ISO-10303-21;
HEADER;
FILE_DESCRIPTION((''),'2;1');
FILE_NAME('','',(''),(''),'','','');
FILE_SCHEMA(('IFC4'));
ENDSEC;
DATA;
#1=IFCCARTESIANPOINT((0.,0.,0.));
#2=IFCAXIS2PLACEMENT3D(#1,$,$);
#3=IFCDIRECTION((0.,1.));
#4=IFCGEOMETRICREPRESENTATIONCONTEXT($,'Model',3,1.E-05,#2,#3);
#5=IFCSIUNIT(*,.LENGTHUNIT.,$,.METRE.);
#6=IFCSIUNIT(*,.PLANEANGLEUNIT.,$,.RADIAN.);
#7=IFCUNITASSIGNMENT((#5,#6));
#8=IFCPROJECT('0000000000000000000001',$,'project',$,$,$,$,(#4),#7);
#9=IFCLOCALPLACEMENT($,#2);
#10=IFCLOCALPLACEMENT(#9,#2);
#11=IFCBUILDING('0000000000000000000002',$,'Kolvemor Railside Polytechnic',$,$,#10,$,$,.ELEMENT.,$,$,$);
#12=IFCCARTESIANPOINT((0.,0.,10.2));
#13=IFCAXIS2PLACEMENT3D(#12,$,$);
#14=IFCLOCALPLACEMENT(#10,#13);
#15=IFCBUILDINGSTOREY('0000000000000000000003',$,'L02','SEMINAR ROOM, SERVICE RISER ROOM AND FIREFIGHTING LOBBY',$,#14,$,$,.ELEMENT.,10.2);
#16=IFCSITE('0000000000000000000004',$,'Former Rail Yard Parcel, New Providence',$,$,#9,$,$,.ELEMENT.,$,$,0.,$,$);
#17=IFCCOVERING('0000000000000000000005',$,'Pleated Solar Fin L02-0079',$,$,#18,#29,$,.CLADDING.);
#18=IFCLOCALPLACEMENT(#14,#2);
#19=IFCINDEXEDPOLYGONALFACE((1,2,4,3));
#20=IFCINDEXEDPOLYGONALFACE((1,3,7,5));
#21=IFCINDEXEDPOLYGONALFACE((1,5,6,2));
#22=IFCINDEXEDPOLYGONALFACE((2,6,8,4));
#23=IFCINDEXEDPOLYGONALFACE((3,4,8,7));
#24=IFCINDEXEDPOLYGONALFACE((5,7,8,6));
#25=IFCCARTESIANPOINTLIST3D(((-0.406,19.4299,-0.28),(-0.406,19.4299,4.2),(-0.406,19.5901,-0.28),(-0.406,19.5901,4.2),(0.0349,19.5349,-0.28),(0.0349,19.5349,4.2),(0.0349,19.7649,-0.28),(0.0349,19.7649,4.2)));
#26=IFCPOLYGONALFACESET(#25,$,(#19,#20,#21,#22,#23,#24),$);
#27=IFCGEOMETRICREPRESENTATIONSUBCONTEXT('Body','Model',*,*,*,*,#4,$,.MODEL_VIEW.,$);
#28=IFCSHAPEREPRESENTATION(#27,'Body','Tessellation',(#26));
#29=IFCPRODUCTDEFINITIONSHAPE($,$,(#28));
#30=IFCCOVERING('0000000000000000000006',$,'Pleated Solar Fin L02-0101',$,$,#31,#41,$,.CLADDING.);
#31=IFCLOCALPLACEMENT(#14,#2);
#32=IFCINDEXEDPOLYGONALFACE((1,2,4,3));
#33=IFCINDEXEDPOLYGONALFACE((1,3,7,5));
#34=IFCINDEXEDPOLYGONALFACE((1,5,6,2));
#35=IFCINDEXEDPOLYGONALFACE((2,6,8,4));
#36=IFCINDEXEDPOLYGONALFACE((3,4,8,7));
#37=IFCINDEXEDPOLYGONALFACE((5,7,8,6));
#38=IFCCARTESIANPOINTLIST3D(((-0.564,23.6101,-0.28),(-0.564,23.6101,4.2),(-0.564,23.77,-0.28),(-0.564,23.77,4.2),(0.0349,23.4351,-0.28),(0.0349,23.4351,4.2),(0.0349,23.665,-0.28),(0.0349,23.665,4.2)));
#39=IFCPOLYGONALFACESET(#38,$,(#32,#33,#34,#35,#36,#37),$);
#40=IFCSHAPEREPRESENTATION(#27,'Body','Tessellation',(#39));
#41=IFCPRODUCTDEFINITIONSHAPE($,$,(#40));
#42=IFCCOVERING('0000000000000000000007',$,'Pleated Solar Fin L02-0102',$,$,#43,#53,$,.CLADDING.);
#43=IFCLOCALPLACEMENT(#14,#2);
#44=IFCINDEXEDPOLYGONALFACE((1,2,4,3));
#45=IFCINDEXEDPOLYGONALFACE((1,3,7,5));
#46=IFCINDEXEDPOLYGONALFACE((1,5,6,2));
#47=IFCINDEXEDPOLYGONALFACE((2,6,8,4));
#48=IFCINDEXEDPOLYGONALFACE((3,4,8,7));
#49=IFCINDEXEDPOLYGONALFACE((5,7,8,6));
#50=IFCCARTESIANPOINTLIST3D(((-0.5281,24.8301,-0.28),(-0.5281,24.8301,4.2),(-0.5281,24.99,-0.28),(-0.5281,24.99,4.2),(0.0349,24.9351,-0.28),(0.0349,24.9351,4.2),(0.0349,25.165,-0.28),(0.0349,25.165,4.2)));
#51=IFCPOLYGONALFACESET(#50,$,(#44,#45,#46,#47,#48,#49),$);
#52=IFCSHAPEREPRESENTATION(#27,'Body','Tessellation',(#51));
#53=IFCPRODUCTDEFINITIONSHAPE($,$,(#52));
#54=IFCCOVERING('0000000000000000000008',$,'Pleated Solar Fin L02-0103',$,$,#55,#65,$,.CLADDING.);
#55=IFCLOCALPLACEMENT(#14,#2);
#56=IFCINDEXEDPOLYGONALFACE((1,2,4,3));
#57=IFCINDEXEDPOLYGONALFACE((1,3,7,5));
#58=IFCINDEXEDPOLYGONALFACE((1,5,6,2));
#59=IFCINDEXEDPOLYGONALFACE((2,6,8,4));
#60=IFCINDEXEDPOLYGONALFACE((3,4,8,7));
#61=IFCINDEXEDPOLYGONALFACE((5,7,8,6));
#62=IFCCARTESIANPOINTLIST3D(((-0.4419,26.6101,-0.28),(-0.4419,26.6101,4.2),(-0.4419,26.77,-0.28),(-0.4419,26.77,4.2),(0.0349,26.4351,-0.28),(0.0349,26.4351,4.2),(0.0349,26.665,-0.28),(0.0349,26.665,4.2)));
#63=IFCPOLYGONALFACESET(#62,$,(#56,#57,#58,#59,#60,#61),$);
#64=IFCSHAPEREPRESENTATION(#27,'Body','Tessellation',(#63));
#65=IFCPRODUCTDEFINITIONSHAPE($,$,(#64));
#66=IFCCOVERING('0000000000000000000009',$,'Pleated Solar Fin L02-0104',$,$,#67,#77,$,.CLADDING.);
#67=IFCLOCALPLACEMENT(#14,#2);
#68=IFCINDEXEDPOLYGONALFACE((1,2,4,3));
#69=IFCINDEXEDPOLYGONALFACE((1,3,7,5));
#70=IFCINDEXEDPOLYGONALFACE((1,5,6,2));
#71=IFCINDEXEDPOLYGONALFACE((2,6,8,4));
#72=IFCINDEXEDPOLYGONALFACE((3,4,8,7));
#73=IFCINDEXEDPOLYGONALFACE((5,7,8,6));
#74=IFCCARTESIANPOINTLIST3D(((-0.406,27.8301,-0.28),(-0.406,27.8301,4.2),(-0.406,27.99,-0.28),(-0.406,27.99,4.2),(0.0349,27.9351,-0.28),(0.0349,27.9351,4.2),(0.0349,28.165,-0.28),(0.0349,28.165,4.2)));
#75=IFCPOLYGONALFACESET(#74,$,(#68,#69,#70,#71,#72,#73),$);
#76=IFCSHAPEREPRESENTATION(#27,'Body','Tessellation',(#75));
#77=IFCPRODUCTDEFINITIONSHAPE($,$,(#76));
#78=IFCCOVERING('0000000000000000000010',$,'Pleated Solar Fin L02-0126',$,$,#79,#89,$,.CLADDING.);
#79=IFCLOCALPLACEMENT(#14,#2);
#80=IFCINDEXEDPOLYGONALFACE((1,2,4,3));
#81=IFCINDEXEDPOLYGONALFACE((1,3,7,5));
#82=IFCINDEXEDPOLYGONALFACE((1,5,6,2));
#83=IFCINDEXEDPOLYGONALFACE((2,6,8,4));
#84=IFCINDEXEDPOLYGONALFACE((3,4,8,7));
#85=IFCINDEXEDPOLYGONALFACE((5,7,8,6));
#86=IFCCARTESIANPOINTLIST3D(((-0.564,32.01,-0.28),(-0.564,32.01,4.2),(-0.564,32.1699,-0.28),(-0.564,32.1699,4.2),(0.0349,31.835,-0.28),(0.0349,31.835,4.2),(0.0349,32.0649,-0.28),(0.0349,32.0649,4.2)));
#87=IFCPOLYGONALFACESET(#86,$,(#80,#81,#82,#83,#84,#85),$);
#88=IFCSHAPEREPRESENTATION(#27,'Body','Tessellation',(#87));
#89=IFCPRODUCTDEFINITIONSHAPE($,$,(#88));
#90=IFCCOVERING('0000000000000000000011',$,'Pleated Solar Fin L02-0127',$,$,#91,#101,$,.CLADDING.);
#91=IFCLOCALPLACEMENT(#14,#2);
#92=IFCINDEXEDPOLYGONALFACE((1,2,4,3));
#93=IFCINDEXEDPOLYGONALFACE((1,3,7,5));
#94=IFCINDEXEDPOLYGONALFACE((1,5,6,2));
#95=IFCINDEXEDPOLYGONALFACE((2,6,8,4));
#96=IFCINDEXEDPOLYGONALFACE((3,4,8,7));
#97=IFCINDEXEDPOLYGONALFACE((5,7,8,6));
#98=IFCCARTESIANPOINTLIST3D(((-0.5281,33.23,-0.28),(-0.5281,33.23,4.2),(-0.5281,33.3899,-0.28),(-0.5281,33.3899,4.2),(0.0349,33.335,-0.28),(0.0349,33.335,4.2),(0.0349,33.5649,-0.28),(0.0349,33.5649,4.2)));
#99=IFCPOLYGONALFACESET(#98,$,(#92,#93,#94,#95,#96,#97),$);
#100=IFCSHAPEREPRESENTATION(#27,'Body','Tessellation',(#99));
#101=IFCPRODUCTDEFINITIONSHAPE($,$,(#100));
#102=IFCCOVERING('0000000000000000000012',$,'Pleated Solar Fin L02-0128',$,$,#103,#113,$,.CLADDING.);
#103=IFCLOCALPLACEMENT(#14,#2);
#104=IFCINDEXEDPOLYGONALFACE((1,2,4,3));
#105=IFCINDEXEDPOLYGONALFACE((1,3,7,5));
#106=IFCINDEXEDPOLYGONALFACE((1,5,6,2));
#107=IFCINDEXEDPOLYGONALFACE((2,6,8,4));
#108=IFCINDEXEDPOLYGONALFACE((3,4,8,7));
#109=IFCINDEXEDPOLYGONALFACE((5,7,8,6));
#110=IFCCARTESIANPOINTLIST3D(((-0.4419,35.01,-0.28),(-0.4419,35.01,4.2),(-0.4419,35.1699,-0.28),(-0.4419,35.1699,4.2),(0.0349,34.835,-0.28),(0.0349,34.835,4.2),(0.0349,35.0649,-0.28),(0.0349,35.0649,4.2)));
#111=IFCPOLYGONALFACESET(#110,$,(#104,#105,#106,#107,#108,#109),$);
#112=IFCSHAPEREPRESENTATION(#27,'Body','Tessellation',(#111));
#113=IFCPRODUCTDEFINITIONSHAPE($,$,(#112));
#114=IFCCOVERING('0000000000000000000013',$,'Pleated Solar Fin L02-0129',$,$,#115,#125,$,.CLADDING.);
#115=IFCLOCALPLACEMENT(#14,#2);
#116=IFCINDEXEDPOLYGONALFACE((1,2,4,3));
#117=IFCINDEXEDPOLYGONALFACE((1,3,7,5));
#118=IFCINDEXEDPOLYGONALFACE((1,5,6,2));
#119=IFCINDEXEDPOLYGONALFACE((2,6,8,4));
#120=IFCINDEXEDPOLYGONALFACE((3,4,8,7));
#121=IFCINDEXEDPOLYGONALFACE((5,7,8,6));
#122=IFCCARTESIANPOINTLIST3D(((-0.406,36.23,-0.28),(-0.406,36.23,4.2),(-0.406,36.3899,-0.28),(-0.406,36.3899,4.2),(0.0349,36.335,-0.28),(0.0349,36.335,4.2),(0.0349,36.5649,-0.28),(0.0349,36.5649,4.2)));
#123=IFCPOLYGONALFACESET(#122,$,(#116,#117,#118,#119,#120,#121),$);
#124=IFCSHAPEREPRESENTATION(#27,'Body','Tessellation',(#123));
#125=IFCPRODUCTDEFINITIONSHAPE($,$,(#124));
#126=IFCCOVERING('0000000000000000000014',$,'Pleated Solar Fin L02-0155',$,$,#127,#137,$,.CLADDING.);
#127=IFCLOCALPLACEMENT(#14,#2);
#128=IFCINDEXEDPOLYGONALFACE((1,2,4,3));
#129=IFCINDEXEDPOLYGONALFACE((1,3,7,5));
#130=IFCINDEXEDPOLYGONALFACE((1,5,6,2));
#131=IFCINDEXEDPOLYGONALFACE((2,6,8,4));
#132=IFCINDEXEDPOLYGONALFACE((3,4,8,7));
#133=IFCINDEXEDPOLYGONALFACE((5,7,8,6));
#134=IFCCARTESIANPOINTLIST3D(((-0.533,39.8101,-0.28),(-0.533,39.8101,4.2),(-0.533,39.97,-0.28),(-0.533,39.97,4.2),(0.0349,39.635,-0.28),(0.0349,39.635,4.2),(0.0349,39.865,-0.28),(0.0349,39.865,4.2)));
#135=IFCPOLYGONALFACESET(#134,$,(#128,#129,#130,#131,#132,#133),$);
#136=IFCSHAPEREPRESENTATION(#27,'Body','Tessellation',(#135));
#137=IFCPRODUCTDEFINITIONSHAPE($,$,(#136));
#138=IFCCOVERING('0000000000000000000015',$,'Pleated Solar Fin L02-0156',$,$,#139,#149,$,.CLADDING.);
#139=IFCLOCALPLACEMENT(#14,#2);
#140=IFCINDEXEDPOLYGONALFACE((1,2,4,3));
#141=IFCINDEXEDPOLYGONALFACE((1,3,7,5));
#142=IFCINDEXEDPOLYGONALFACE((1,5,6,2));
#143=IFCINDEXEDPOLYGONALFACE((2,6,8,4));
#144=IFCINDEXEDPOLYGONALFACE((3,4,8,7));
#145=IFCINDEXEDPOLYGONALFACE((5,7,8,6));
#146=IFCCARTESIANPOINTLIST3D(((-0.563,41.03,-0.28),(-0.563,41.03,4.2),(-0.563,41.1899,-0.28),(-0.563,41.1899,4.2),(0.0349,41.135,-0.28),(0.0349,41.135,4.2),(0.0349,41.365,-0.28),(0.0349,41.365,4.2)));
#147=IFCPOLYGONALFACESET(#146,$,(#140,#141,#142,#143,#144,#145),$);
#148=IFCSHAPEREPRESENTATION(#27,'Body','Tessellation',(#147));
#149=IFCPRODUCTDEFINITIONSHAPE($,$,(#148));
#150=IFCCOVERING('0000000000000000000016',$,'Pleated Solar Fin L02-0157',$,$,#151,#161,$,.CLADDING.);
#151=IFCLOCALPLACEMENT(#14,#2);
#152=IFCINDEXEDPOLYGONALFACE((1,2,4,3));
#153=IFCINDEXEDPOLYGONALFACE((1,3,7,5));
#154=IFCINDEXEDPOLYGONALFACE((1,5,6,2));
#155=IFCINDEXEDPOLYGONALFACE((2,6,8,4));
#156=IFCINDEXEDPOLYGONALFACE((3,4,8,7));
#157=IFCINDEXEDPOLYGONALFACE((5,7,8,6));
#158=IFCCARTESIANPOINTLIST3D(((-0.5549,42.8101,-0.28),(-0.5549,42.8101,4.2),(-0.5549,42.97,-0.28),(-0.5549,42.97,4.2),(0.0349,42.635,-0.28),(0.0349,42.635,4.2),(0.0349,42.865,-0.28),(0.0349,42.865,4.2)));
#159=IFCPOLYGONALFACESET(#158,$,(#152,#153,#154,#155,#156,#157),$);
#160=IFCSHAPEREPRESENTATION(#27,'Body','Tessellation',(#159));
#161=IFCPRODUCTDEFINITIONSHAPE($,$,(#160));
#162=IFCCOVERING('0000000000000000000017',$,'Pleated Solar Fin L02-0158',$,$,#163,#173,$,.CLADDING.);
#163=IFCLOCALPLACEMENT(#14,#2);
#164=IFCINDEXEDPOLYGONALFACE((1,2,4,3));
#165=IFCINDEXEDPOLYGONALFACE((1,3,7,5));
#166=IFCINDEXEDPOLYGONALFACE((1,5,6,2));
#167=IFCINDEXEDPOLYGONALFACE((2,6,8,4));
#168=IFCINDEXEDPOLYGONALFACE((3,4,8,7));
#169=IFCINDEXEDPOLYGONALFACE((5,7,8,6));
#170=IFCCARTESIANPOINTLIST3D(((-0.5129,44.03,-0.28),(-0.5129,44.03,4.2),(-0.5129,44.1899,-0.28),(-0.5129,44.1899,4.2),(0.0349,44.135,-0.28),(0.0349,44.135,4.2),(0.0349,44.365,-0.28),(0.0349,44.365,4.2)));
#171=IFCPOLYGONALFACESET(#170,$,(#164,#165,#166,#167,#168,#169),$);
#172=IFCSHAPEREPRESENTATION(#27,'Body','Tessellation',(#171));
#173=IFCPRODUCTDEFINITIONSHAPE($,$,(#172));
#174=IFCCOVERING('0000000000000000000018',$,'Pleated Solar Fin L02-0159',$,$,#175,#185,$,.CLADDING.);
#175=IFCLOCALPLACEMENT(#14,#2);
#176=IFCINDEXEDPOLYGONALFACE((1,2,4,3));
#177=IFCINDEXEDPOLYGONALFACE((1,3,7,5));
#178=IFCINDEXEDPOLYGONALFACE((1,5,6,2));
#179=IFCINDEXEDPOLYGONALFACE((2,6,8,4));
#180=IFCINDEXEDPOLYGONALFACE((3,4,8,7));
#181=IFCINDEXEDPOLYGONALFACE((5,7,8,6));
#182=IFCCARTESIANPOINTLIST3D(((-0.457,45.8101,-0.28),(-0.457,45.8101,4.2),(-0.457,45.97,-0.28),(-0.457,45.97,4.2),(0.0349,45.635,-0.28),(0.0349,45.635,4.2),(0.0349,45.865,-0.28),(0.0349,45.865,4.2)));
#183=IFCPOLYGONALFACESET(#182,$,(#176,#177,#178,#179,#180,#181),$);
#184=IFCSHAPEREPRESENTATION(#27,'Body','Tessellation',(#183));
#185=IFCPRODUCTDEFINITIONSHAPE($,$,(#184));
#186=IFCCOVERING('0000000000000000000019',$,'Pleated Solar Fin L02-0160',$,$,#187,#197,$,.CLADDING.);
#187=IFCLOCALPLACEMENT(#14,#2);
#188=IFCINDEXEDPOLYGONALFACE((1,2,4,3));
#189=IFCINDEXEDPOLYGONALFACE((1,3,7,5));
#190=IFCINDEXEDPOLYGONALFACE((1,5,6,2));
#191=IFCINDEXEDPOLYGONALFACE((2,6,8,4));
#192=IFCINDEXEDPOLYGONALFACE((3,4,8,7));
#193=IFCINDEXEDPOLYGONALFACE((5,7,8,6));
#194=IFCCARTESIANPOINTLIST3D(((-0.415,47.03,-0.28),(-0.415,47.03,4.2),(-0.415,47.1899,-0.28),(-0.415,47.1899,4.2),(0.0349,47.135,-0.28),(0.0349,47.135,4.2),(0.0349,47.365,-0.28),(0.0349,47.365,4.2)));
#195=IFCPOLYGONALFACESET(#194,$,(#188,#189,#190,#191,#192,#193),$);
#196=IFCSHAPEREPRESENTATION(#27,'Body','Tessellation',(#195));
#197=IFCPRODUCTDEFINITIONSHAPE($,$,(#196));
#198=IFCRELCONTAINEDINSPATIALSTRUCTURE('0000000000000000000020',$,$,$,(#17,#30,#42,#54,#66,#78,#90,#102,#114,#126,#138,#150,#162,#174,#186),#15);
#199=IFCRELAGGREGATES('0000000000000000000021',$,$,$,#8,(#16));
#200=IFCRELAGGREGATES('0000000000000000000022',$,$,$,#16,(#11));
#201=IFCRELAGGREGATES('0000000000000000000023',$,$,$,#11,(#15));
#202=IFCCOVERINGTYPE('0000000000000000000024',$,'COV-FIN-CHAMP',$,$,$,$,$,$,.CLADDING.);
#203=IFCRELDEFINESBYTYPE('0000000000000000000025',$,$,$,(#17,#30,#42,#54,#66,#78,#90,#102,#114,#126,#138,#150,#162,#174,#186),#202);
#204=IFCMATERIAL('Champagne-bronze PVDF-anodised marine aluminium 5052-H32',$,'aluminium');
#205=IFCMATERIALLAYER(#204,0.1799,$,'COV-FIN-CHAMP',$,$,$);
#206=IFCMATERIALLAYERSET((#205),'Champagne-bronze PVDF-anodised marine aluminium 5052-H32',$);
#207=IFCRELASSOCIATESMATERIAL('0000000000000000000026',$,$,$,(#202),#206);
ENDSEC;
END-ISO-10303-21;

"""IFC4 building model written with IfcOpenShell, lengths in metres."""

from ifc_helpers import new_model, si_unit, direction, frame, origin, place, context, subcontext, project, spatial, polyline, outline, extrude, material, layer, layer_set, type_object, element, save


model = new_model("IFC4")

# Units and contexts
model_context = context("Model", 3, precision=1e-05, world=origin(), true_north=direction((0.0, 1.0)))
body_context = subcontext(model_context, "Body", "Model", "MODEL_VIEW")
ifc_project = project(units=[si_unit("LENGTHUNIT", "METRE"), si_unit("PLANEANGLEUNIT", "RADIAN")], contexts=[model_context])

# Site, building, storey
site_placement = place(None, origin())
site = spatial("IfcSite", under=ifc_project, at=site_placement, Name="Former Rail Yard Parcel, New Providence", CompositionType="ELEMENT", RefElevation=0.0)
building_placement = place(site_placement, origin())
building = spatial("IfcBuilding", under=site, at=building_placement, Name="Kolvemor Railside Polytechnic", CompositionType="ELEMENT")
storey_placement = place(building_placement, frame((0.0, 0.0, 10.2)))
storey = spatial("IfcBuildingStorey", under=building, at=storey_placement, Name="L02", Description="SEMINAR ROOM, SERVICE RISER ROOM AND FIREFIGHTING LOBBY", CompositionType="ELEMENT", Elevation=10.2)

# Coverings
ifc_material_1 = material(Name="Champagne-bronze PVDF-anodised marine aluminium 5052-H32", Category="aluminium")
ifc_layer_1 = layer(ifc_material_1, 0.1799, Name="COV-FIN-CHAMP")
ifc_layer_set_1 = layer_set([ifc_layer_1], Name="Champagne-bronze PVDF-anodised marine aluminium 5052-H32")
covering_type_1 = type_object("IfcCoveringType", Name="COV-FIN-CHAMP", PredefinedType="CLADDING", material=ifc_layer_set_1)
covering_1_placement = place(storey_placement, frame((0.0, 0.0, -0.28)))
element("IfcCovering", 1, at=covering_1_placement, inside=storey, type_object=covering_type_1, Name="Pleated Solar Fin L02-0079", PredefinedType="CLADDING", context=body_context, shape_type="SweptSolid", body=[
    extrude(outline(polyline([(0.0349, 19.5349), (0.0349, 19.7649), (-0.406, 19.5901), (-0.406, 19.4299), (0.0349, 19.5349)])), origin(), (0.0, 0.0, 1.0), 4.48),
])
covering_2_placement = place(storey_placement, frame((0.0, 0.0, -0.28)))
element("IfcCovering", 2, at=covering_2_placement, inside=storey, type_object=covering_type_1, Name="Pleated Solar Fin L02-0101", PredefinedType="CLADDING", context=body_context, shape_type="SweptSolid", body=[
    extrude(outline(polyline([(0.0349, 23.4351), (0.0349, 23.665), (-0.564, 23.77), (-0.564, 23.6101), (0.0349, 23.4351)])), origin(), (0.0, 0.0, 1.0), 4.48),
])
covering_3_placement = place(storey_placement, frame((0.0, 0.0, -0.28)))
element("IfcCovering", 3, at=covering_3_placement, inside=storey, type_object=covering_type_1, Name="Pleated Solar Fin L02-0102", PredefinedType="CLADDING", context=body_context, shape_type="SweptSolid", body=[
    extrude(outline(polyline([(0.0349, 24.9351), (0.0349, 25.165), (-0.5281, 24.99), (-0.5281, 24.8301), (0.0349, 24.9351)])), origin(), (0.0, 0.0, 1.0), 4.48),
])
covering_4_placement = place(storey_placement, frame((0.0, 0.0, -0.28)))
element("IfcCovering", 4, at=covering_4_placement, inside=storey, type_object=covering_type_1, Name="Pleated Solar Fin L02-0103", PredefinedType="CLADDING", context=body_context, shape_type="SweptSolid", body=[
    extrude(outline(polyline([(0.0349, 26.4351), (0.0349, 26.665), (-0.4419, 26.77), (-0.4419, 26.6101), (0.0349, 26.4351)])), origin(), (0.0, 0.0, 1.0), 4.48),
])
covering_5_placement = place(storey_placement, frame((0.0, 0.0, -0.28)))
element("IfcCovering", 5, at=covering_5_placement, inside=storey, type_object=covering_type_1, Name="Pleated Solar Fin L02-0104", PredefinedType="CLADDING", context=body_context, shape_type="SweptSolid", body=[
    extrude(outline(polyline([(0.0349, 27.9351), (0.0349, 28.165), (-0.406, 27.99), (-0.406, 27.8301), (0.0349, 27.9351)])), origin(), (0.0, 0.0, 1.0), 4.48),
])
covering_6_placement = place(storey_placement, frame((0.0, 0.0, -0.28)))
element("IfcCovering", 6, at=covering_6_placement, inside=storey, type_object=covering_type_1, Name="Pleated Solar Fin L02-0126", PredefinedType="CLADDING", context=body_context, shape_type="SweptSolid", body=[
    extrude(outline(polyline([(0.0349, 31.835), (0.0349, 32.0649), (-0.564, 32.1699), (-0.564, 32.01), (0.0349, 31.835)])), origin(), (0.0, 0.0, 1.0), 4.48),
])
covering_7_placement = place(storey_placement, frame((0.0, 0.0, -0.28)))
element("IfcCovering", 7, at=covering_7_placement, inside=storey, type_object=covering_type_1, Name="Pleated Solar Fin L02-0127", PredefinedType="CLADDING", context=body_context, shape_type="SweptSolid", body=[
    extrude(outline(polyline([(0.0349, 33.335), (0.0349, 33.5649), (-0.5281, 33.3899), (-0.5281, 33.23), (0.0349, 33.335)])), origin(), (0.0, 0.0, 1.0), 4.48),
])
covering_8_placement = place(storey_placement, frame((0.0, 0.0, -0.28)))
element("IfcCovering", 8, at=covering_8_placement, inside=storey, type_object=covering_type_1, Name="Pleated Solar Fin L02-0128", PredefinedType="CLADDING", context=body_context, shape_type="SweptSolid", body=[
    extrude(outline(polyline([(0.0349, 34.835), (0.0349, 35.0649), (-0.4419, 35.1699), (-0.4419, 35.01), (0.0349, 34.835)])), origin(), (0.0, 0.0, 1.0), 4.48),
])
covering_9_placement = place(storey_placement, frame((0.0, 0.0, -0.28)))
element("IfcCovering", 9, at=covering_9_placement, inside=storey, type_object=covering_type_1, Name="Pleated Solar Fin L02-0129", PredefinedType="CLADDING", context=body_context, shape_type="SweptSolid", body=[
    extrude(outline(polyline([(0.0349, 36.335), (0.0349, 36.5649), (-0.406, 36.3899), (-0.406, 36.23), (0.0349, 36.335)])), origin(), (0.0, 0.0, 1.0), 4.48),
])
covering_10_placement = place(storey_placement, frame((0.0, 0.0, -0.28)))
element("IfcCovering", 10, at=covering_10_placement, inside=storey, type_object=covering_type_1, Name="Pleated Solar Fin L02-0155", PredefinedType="CLADDING", context=body_context, shape_type="SweptSolid", body=[
    extrude(outline(polyline([(0.0349, 39.635), (0.0349, 39.865), (-0.533, 39.97), (-0.533, 39.8101), (0.0349, 39.635)])), origin(), (0.0, 0.0, 1.0), 4.48),
])
covering_11_placement = place(storey_placement, frame((0.0, 0.0, -0.28)))
element("IfcCovering", 11, at=covering_11_placement, inside=storey, type_object=covering_type_1, Name="Pleated Solar Fin L02-0156", PredefinedType="CLADDING", context=body_context, shape_type="SweptSolid", body=[
    extrude(outline(polyline([(0.0349, 41.135), (0.0349, 41.365), (-0.563, 41.1899), (-0.563, 41.03), (0.0349, 41.135)])), origin(), (0.0, 0.0, 1.0), 4.48),
])
covering_12_placement = place(storey_placement, frame((0.0, 0.0, -0.28)))
element("IfcCovering", 12, at=covering_12_placement, inside=storey, type_object=covering_type_1, Name="Pleated Solar Fin L02-0157", PredefinedType="CLADDING", context=body_context, shape_type="SweptSolid", body=[
    extrude(outline(polyline([(0.0349, 42.635), (0.0349, 42.865), (-0.5549, 42.97), (-0.5549, 42.8101), (0.0349, 42.635)])), origin(), (0.0, 0.0, 1.0), 4.48),
])
covering_13_placement = place(storey_placement, frame((0.0, 0.0, -0.28)))
element("IfcCovering", 13, at=covering_13_placement, inside=storey, type_object=covering_type_1, Name="Pleated Solar Fin L02-0158", PredefinedType="CLADDING", context=body_context, shape_type="SweptSolid", body=[
    extrude(outline(polyline([(0.0349, 44.135), (0.0349, 44.365), (-0.5129, 44.1899), (-0.5129, 44.03), (0.0349, 44.135)])), origin(), (0.0, 0.0, 1.0), 4.48),
])
covering_14_placement = place(storey_placement, frame((0.0, 0.0, -0.28)))
element("IfcCovering", 14, at=covering_14_placement, inside=storey, type_object=covering_type_1, Name="Pleated Solar Fin L02-0159", PredefinedType="CLADDING", context=body_context, shape_type="SweptSolid", body=[
    extrude(outline(polyline([(0.0349, 45.635), (0.0349, 45.865), (-0.457, 45.97), (-0.457, 45.8101), (0.0349, 45.635)])), origin(), (0.0, 0.0, 1.0), 4.48),
])
covering_15_placement = place(storey_placement, frame((0.0, 0.0, -0.28)))
element("IfcCovering", 15, at=covering_15_placement, inside=storey, type_object=covering_type_1, Name="Pleated Solar Fin L02-0160", PredefinedType="CLADDING", context=body_context, shape_type="SweptSolid", body=[
    extrude(outline(polyline([(0.0349, 47.135), (0.0349, 47.365), (-0.415, 47.1899), (-0.415, 47.03), (0.0349, 47.135)])), origin(), (0.0, 0.0, 1.0), 4.48),
])

save(model, "model.ifc")
